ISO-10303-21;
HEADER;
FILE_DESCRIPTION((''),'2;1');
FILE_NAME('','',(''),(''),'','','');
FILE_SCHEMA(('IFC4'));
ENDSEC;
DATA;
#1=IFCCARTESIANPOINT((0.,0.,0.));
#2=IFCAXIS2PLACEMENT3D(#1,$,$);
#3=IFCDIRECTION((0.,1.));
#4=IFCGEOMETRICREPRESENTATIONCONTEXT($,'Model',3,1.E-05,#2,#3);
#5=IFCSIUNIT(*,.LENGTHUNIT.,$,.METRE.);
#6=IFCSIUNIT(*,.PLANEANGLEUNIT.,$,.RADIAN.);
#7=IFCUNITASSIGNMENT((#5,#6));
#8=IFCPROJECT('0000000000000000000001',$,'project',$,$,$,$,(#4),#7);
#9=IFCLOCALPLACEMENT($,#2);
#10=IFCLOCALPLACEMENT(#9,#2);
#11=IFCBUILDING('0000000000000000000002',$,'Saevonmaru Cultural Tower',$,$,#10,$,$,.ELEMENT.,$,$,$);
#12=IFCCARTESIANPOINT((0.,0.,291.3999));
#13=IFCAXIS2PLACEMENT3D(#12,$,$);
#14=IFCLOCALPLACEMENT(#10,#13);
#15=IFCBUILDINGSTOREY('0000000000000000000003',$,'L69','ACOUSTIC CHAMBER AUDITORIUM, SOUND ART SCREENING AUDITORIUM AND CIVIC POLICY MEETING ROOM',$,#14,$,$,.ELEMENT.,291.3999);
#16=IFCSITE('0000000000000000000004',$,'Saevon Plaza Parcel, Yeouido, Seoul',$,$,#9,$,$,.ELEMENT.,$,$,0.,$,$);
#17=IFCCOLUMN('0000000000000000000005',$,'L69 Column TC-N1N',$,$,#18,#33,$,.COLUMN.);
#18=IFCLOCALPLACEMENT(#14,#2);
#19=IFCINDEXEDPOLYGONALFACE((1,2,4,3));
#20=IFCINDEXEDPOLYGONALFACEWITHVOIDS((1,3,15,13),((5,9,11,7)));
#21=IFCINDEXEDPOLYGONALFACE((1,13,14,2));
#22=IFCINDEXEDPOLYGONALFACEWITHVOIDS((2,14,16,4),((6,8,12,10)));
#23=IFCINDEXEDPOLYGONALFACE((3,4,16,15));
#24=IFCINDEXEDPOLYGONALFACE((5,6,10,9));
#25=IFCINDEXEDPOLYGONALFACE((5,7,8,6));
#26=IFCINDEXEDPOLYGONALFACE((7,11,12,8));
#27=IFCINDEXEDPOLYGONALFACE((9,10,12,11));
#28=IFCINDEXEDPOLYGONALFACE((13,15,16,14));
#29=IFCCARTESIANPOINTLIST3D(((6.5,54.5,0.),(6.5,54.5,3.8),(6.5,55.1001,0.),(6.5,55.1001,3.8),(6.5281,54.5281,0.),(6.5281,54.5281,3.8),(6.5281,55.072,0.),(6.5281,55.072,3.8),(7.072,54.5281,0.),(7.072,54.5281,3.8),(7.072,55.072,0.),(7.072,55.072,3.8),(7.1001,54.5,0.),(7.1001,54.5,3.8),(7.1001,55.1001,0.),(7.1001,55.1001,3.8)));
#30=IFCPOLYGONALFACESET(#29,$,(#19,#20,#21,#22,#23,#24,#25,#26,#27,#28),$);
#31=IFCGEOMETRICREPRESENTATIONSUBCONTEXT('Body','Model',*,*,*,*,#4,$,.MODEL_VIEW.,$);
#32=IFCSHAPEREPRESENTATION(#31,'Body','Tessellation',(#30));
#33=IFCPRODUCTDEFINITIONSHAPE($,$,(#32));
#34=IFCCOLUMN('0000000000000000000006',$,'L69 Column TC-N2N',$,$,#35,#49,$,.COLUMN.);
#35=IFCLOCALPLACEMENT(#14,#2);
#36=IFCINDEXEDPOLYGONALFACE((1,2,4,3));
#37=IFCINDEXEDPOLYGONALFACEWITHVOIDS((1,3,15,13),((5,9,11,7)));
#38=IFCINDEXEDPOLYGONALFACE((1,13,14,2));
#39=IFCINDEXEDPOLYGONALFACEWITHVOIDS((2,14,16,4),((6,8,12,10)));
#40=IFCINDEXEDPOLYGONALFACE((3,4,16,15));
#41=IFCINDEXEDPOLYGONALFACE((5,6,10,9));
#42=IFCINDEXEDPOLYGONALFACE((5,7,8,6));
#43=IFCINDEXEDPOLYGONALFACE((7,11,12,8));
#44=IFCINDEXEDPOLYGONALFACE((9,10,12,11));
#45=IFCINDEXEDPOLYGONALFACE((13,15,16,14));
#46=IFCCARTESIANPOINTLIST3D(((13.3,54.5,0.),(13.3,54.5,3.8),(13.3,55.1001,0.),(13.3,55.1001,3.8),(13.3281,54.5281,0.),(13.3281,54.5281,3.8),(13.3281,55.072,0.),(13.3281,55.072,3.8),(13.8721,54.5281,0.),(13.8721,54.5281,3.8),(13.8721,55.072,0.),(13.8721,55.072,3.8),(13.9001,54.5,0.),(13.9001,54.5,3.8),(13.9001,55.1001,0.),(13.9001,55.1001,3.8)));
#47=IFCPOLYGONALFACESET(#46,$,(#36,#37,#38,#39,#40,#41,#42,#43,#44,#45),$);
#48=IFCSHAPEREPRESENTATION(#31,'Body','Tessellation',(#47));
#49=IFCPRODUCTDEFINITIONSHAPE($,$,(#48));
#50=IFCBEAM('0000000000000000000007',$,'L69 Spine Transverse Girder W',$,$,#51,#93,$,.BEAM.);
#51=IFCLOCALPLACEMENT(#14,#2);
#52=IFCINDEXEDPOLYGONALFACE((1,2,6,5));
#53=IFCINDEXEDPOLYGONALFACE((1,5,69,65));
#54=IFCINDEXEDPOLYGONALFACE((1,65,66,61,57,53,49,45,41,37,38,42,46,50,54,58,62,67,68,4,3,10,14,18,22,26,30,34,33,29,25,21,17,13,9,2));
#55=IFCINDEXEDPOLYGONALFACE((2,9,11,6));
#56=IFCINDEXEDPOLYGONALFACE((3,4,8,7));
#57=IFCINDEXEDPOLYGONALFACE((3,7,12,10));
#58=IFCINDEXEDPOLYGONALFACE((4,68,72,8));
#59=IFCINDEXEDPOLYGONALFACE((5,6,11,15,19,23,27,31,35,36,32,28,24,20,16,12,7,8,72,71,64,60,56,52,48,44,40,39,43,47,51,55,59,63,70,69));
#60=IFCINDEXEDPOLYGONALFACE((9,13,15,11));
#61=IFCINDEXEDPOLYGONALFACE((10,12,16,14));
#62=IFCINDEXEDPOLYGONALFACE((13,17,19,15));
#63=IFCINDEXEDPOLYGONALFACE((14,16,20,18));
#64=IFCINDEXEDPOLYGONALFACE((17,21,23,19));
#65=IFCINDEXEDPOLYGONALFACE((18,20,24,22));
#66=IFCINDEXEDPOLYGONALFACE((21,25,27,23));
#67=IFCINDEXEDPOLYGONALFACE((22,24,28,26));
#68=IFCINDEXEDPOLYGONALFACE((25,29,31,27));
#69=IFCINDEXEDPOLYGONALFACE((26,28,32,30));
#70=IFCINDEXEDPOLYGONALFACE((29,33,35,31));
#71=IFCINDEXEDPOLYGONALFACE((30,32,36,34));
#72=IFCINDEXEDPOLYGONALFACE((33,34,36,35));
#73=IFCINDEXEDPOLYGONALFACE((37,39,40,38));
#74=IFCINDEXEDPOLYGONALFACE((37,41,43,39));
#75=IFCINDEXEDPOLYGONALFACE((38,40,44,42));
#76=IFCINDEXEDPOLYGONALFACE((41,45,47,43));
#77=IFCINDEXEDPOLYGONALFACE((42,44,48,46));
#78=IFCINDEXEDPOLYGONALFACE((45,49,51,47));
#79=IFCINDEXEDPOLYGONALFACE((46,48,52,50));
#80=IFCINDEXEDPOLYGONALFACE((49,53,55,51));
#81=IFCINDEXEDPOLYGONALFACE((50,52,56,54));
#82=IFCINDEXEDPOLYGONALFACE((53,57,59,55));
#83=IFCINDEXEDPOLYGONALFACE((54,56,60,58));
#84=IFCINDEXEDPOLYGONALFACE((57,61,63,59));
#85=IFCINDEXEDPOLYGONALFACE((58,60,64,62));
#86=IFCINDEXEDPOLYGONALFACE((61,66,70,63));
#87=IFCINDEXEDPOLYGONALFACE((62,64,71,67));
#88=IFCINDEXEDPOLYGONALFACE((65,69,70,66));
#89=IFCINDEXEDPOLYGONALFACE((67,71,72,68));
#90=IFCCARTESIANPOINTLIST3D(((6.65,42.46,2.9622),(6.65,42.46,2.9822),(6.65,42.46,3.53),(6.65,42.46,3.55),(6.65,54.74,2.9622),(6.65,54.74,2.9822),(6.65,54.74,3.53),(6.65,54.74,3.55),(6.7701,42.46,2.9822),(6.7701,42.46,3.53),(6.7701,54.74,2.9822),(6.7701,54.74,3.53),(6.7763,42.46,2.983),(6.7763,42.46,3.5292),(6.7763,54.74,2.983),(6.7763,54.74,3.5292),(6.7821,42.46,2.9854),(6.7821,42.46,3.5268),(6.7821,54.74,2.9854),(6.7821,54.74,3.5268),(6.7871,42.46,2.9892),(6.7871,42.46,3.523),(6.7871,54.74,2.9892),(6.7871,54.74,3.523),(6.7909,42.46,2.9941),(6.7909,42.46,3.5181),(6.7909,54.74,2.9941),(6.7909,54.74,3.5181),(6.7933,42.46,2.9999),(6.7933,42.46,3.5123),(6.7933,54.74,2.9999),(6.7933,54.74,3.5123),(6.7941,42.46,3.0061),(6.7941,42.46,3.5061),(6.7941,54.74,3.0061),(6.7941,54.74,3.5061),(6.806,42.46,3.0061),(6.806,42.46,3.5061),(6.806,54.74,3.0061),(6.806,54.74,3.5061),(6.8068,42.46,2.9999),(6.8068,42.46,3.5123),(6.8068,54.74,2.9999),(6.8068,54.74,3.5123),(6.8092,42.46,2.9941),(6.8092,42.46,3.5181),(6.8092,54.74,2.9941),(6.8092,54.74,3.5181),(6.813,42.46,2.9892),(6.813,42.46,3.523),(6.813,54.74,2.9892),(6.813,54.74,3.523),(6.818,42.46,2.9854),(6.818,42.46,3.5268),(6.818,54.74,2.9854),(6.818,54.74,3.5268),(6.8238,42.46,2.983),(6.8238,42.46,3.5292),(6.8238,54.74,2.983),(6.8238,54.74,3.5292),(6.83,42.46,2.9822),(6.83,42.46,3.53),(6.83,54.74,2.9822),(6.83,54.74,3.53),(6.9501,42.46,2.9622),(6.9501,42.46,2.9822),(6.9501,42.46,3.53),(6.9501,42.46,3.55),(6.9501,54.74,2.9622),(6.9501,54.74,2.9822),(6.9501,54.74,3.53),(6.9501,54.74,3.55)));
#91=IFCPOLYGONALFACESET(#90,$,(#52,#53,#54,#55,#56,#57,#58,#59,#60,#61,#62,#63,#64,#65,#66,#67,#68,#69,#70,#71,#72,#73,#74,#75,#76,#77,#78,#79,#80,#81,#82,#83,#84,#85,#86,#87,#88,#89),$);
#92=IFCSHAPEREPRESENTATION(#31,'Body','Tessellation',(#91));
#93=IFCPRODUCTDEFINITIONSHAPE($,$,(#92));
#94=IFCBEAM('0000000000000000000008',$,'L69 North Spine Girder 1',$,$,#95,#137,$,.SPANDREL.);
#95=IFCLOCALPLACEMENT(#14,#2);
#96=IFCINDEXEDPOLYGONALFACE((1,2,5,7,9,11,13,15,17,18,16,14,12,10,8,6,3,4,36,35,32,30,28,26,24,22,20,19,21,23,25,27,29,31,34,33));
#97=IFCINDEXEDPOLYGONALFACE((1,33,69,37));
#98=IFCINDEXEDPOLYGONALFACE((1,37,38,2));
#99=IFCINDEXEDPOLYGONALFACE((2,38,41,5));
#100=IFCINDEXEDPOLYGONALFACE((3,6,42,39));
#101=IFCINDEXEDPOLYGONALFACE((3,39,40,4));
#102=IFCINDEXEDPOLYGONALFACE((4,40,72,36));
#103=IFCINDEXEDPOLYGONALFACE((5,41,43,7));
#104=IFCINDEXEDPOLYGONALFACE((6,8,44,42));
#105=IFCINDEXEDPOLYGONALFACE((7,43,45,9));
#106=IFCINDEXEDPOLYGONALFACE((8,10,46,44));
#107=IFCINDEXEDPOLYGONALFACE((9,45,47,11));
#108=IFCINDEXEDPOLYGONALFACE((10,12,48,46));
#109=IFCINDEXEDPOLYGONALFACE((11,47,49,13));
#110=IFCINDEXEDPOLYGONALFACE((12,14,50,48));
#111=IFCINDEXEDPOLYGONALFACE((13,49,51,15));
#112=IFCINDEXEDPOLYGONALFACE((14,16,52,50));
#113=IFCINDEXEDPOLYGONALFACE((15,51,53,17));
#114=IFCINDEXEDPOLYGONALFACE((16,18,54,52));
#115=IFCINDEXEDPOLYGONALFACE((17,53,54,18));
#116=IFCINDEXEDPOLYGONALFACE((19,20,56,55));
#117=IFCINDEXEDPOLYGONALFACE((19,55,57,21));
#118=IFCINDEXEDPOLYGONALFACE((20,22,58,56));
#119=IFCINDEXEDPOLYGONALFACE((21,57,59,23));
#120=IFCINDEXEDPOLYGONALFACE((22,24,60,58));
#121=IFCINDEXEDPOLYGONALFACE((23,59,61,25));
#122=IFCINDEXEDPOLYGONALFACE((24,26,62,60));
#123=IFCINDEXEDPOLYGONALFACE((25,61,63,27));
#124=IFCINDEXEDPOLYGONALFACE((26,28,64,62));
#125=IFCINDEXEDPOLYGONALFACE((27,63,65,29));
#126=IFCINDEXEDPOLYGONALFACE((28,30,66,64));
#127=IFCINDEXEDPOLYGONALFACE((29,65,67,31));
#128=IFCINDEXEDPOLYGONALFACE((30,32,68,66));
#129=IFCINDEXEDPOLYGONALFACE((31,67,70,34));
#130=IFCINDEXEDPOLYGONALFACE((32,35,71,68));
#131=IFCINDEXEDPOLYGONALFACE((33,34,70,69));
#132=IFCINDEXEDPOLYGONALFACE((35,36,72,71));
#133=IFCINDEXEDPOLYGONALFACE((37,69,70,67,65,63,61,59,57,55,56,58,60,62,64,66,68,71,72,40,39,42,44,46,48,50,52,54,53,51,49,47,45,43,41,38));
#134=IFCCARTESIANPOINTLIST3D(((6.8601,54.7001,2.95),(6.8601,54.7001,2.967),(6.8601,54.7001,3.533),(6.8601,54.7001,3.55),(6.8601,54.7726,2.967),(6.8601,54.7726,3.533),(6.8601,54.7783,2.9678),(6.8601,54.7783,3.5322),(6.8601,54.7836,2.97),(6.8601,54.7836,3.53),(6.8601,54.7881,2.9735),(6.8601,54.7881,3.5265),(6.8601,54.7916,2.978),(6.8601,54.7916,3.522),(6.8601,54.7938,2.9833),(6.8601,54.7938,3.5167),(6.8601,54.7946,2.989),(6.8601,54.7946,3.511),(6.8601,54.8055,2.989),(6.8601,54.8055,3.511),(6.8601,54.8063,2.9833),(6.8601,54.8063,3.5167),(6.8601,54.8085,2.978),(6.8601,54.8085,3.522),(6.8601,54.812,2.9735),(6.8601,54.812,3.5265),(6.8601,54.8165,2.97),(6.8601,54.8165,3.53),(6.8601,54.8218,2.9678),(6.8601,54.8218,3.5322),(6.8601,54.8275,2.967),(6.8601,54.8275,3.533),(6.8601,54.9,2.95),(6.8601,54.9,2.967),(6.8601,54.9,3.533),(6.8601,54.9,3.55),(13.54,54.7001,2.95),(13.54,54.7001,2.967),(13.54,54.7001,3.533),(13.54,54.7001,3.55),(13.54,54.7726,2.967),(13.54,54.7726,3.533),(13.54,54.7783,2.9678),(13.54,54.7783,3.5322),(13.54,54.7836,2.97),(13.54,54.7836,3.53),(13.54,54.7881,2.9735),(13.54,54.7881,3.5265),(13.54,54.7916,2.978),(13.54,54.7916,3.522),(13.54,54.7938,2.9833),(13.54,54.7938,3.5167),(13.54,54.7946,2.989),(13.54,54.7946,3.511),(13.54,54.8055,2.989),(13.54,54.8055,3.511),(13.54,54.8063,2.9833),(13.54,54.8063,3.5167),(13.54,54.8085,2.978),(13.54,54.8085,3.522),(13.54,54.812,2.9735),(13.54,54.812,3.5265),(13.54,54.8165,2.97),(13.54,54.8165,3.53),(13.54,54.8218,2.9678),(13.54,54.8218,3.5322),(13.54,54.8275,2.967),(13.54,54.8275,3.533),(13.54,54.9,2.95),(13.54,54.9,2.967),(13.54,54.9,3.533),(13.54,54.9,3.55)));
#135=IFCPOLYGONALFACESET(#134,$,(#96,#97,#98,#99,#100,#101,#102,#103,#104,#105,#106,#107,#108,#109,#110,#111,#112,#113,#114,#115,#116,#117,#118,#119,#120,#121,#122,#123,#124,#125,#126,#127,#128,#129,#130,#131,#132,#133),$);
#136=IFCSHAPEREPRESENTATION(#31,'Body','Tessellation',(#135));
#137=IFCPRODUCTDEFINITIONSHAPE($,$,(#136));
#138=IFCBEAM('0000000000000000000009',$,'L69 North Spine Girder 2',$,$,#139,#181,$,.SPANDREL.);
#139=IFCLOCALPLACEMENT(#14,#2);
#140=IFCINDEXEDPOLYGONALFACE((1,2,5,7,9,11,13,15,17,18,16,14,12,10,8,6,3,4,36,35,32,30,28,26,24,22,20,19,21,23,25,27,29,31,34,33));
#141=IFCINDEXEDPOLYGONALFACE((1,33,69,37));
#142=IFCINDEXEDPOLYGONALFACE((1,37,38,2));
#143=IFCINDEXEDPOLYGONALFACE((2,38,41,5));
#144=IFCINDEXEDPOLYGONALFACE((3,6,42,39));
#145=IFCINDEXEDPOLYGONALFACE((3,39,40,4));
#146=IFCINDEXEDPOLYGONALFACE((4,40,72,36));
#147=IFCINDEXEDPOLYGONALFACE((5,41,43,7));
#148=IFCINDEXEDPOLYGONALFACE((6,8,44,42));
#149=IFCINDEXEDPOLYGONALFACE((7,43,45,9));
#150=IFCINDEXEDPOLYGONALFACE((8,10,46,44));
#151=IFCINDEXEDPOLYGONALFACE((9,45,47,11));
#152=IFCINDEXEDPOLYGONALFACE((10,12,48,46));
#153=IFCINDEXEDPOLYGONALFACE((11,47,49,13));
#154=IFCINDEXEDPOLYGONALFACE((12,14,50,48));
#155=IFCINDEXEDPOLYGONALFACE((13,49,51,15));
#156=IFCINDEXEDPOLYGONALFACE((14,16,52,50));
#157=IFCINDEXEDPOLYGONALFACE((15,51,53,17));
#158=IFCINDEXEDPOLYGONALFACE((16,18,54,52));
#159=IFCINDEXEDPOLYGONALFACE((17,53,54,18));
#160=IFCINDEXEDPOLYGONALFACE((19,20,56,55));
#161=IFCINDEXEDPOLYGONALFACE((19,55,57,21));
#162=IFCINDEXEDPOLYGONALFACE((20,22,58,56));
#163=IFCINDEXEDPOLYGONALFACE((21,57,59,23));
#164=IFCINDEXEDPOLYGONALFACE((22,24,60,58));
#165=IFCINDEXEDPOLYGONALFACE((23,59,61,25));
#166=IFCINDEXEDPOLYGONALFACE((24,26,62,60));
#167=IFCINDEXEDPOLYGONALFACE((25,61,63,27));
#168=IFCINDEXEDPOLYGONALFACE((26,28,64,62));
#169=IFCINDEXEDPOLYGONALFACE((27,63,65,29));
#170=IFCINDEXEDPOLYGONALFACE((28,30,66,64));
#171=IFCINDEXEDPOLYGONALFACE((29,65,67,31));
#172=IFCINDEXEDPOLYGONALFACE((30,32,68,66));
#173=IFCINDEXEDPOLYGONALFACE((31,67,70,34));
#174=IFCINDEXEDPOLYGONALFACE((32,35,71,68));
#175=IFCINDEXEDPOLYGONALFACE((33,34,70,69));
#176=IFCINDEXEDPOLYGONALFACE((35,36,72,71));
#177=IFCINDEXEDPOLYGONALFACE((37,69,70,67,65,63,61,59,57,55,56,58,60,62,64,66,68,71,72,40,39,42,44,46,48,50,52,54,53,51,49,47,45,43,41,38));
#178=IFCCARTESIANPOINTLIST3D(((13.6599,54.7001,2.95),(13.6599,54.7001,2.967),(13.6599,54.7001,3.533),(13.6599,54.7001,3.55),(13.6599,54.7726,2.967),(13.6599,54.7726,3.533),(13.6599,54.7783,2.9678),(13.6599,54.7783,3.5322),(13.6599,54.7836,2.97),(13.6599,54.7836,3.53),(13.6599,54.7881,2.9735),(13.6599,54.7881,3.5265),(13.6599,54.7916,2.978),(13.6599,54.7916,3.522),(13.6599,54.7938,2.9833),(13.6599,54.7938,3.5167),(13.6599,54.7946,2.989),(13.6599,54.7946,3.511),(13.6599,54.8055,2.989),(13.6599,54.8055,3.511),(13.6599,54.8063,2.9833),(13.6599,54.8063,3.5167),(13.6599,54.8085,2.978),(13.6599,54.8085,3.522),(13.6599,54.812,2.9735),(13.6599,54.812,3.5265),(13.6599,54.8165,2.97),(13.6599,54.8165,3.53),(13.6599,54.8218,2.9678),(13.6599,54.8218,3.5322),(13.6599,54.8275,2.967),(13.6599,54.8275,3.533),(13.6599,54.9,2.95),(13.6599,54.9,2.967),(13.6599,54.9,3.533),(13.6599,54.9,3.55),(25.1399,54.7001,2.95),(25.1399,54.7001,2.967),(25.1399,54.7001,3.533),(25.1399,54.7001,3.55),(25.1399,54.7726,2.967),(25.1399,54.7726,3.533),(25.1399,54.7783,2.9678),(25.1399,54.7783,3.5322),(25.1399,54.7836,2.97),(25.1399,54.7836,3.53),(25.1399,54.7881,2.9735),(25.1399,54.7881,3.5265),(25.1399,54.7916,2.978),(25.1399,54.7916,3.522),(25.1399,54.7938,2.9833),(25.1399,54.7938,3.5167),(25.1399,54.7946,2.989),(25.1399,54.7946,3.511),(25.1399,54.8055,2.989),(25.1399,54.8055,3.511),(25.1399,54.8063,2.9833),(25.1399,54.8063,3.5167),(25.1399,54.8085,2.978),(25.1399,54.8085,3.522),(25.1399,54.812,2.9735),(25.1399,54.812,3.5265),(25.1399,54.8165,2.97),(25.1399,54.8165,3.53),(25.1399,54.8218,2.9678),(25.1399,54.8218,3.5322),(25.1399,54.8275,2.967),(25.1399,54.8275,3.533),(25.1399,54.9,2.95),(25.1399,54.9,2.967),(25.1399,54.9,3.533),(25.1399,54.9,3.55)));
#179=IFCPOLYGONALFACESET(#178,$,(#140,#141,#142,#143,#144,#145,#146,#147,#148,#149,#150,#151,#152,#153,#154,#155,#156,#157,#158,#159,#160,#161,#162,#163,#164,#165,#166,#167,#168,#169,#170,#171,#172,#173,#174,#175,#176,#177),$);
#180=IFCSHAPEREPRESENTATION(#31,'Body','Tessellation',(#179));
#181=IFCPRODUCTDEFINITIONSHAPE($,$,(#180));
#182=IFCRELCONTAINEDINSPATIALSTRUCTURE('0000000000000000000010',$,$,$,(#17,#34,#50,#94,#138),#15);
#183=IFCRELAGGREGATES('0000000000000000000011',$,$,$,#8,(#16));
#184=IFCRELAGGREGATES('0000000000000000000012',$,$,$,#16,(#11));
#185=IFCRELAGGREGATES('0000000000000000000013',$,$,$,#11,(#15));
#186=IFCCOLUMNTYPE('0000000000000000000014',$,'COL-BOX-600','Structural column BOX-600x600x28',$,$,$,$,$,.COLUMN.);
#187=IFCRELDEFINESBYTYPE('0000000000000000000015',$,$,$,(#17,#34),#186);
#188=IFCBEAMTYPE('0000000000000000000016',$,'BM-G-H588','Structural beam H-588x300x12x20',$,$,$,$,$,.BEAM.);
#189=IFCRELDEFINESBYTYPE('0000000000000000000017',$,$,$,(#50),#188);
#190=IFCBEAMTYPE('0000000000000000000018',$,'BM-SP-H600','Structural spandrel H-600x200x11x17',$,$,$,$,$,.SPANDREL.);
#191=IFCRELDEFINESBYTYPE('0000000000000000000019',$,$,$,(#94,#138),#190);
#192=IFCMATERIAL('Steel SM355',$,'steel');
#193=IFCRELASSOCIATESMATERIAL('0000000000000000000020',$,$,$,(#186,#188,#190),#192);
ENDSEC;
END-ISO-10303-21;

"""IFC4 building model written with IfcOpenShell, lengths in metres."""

from ifc_helpers import new_model, si_unit, direction, frame, origin, origin_2d, place, context, subcontext, project, spatial, hollow_rectangle, i_section, extrude, material, material_profile, profile_set, type_object, element, save


model = new_model("IFC4")

# Units and contexts
model_context = context("Model", 3, precision=1e-05, world=origin(), true_north=direction((0.0, 1.0)))
body_context = subcontext(model_context, "Body", "Model", "MODEL_VIEW")
ifc_project = project(units=[si_unit("LENGTHUNIT", "METRE"), si_unit("PLANEANGLEUNIT", "RADIAN")], contexts=[model_context])

# Site, building, storey
site_placement = place(None, origin())
site = spatial("IfcSite", under=ifc_project, at=site_placement, Name="Saevon Plaza Parcel, Yeouido, Seoul", CompositionType="ELEMENT", RefElevation=0.0)
building_placement = place(site_placement, origin())
building = spatial("IfcBuilding", under=site, at=building_placement, Name="Saevonmaru Cultural Tower", CompositionType="ELEMENT")
storey_placement = place(building_placement, frame((0.0, 0.0, 291.3999)))
storey = spatial("IfcBuildingStorey", under=building, at=storey_placement, Name="L69", Description="ACOUSTIC CHAMBER AUDITORIUM, SOUND ART SCREENING AUDITORIUM AND CIVIC POLICY MEETING ROOM", CompositionType="ELEMENT", Elevation=291.3999)

# Columns
ifc_material_1 = material(Name="Steel SM355", Category="steel")
ifc_material_profile_1 = material_profile(ifc_material_1, hollow_rectangle(XDim=0.6001, YDim=0.6001, WallThickness=0.0281, at=origin_2d()), Name="BOX-600x600x28")
ifc_profile_set_1 = profile_set([ifc_material_profile_1], Name="Steel SM355")
column_type = type_object("IfcColumnType", Name="COL-BOX-600", Description="Structural column BOX-600x600x28", PredefinedType="COLUMN", material=ifc_profile_set_1)
for number, where, z_axis, x_axis, name in (
    (1, (6.8, 54.8, 0.0), (0.0, 0.0, 1.0), (1.0, 0.0, 0.0), "L69 Column TC-N1N"),
    (2, (13.6001, 54.8, 0.0), (0.0, 0.0, 1.0), (1.0, 0.0, 0.0), "L69 Column TC-N2N"),
):
    element("IfcColumn", number, at=place(storey_placement, frame(where, z_axis=z_axis, x_axis=x_axis)), inside=storey, type_object=column_type, Name=name, PredefinedType="COLUMN", context=body_context, shape_type="SweptSolid", body=[
        extrude(hollow_rectangle(XDim=0.6001, YDim=0.6001, WallThickness=0.0281, at=origin_2d()), origin(), (0.0, 0.0, 1.0), 3.8),
    ])

# Beams
ifc_material_profile_2 = material_profile(ifc_material_1, i_section(OverallWidth=0.3, OverallDepth=0.5879, WebThickness=0.012, FlangeThickness=0.02, FilletRadius=0.0239, at=origin_2d()), Name="H-588x300x12x20")
ifc_profile_set_2 = profile_set([ifc_material_profile_2], Name="Steel SM355")
beam_type_1 = type_object("IfcBeamType", Name="BM-G-H588", Description="Structural beam H-588x300x12x20", PredefinedType="BEAM", material=ifc_profile_set_2)
beam_1_placement = place(storey_placement, frame((6.8, 54.74, 3.2561), z_axis=(0.0, -1.0, 0.0), x_axis=(1.0, 0.0, 0.0)))
element("IfcBeam", 3, at=beam_1_placement, inside=storey, type_object=beam_type_1, Name="L69 Spine Transverse Girder W", PredefinedType="BEAM", context=body_context, shape_type="SweptSolid", body=[
    extrude(i_section(OverallWidth=0.3, OverallDepth=0.5879, WebThickness=0.012, FlangeThickness=0.02, FilletRadius=0.0239, at=origin_2d()), origin(), (0.0, 0.0, 1.0), 12.28),
])
ifc_material_profile_3 = material_profile(ifc_material_1, i_section(OverallWidth=0.2, OverallDepth=0.6001, WebThickness=0.011, FlangeThickness=0.0171, FilletRadius=0.022, at=origin_2d()), Name="H-600x200x11x17")
ifc_profile_set_3 = profile_set([ifc_material_profile_3], Name="Steel SM355")
beam_type_2 = type_object("IfcBeamType", Name="BM-SP-H600", Description="Structural spandrel H-600x200x11x17", PredefinedType="SPANDREL", material=ifc_profile_set_3)
beam_2_placement = place(storey_placement, frame((6.8601, 54.8, 3.25), z_axis=(1.0, 0.0, 0.0), x_axis=(0.0, 1.0, 0.0)))
element("IfcBeam", 4, at=beam_2_placement, inside=storey, type_object=beam_type_2, Name="L69 North Spine Girder 1", PredefinedType="SPANDREL", context=body_context, shape_type="SweptSolid", body=[
    extrude(i_section(OverallWidth=0.2, OverallDepth=0.6001, WebThickness=0.011, FlangeThickness=0.0171, FilletRadius=0.022, at=origin_2d()), origin(), (0.0, 0.0, 1.0), 6.6799),
])
beam_3_placement = place(storey_placement, frame((13.6599, 54.8, 3.25), z_axis=(1.0, 0.0, 0.0), x_axis=(0.0, 1.0, 0.0)))
element("IfcBeam", 5, at=beam_3_placement, inside=storey, type_object=beam_type_2, Name="L69 North Spine Girder 2", PredefinedType="SPANDREL", context=body_context, shape_type="SweptSolid", body=[
    extrude(i_section(OverallWidth=0.2, OverallDepth=0.6001, WebThickness=0.011, FlangeThickness=0.0171, FilletRadius=0.022, at=origin_2d()), origin(), (0.0, 0.0, 1.0), 11.48),
])

save(model, "model.ifc")
